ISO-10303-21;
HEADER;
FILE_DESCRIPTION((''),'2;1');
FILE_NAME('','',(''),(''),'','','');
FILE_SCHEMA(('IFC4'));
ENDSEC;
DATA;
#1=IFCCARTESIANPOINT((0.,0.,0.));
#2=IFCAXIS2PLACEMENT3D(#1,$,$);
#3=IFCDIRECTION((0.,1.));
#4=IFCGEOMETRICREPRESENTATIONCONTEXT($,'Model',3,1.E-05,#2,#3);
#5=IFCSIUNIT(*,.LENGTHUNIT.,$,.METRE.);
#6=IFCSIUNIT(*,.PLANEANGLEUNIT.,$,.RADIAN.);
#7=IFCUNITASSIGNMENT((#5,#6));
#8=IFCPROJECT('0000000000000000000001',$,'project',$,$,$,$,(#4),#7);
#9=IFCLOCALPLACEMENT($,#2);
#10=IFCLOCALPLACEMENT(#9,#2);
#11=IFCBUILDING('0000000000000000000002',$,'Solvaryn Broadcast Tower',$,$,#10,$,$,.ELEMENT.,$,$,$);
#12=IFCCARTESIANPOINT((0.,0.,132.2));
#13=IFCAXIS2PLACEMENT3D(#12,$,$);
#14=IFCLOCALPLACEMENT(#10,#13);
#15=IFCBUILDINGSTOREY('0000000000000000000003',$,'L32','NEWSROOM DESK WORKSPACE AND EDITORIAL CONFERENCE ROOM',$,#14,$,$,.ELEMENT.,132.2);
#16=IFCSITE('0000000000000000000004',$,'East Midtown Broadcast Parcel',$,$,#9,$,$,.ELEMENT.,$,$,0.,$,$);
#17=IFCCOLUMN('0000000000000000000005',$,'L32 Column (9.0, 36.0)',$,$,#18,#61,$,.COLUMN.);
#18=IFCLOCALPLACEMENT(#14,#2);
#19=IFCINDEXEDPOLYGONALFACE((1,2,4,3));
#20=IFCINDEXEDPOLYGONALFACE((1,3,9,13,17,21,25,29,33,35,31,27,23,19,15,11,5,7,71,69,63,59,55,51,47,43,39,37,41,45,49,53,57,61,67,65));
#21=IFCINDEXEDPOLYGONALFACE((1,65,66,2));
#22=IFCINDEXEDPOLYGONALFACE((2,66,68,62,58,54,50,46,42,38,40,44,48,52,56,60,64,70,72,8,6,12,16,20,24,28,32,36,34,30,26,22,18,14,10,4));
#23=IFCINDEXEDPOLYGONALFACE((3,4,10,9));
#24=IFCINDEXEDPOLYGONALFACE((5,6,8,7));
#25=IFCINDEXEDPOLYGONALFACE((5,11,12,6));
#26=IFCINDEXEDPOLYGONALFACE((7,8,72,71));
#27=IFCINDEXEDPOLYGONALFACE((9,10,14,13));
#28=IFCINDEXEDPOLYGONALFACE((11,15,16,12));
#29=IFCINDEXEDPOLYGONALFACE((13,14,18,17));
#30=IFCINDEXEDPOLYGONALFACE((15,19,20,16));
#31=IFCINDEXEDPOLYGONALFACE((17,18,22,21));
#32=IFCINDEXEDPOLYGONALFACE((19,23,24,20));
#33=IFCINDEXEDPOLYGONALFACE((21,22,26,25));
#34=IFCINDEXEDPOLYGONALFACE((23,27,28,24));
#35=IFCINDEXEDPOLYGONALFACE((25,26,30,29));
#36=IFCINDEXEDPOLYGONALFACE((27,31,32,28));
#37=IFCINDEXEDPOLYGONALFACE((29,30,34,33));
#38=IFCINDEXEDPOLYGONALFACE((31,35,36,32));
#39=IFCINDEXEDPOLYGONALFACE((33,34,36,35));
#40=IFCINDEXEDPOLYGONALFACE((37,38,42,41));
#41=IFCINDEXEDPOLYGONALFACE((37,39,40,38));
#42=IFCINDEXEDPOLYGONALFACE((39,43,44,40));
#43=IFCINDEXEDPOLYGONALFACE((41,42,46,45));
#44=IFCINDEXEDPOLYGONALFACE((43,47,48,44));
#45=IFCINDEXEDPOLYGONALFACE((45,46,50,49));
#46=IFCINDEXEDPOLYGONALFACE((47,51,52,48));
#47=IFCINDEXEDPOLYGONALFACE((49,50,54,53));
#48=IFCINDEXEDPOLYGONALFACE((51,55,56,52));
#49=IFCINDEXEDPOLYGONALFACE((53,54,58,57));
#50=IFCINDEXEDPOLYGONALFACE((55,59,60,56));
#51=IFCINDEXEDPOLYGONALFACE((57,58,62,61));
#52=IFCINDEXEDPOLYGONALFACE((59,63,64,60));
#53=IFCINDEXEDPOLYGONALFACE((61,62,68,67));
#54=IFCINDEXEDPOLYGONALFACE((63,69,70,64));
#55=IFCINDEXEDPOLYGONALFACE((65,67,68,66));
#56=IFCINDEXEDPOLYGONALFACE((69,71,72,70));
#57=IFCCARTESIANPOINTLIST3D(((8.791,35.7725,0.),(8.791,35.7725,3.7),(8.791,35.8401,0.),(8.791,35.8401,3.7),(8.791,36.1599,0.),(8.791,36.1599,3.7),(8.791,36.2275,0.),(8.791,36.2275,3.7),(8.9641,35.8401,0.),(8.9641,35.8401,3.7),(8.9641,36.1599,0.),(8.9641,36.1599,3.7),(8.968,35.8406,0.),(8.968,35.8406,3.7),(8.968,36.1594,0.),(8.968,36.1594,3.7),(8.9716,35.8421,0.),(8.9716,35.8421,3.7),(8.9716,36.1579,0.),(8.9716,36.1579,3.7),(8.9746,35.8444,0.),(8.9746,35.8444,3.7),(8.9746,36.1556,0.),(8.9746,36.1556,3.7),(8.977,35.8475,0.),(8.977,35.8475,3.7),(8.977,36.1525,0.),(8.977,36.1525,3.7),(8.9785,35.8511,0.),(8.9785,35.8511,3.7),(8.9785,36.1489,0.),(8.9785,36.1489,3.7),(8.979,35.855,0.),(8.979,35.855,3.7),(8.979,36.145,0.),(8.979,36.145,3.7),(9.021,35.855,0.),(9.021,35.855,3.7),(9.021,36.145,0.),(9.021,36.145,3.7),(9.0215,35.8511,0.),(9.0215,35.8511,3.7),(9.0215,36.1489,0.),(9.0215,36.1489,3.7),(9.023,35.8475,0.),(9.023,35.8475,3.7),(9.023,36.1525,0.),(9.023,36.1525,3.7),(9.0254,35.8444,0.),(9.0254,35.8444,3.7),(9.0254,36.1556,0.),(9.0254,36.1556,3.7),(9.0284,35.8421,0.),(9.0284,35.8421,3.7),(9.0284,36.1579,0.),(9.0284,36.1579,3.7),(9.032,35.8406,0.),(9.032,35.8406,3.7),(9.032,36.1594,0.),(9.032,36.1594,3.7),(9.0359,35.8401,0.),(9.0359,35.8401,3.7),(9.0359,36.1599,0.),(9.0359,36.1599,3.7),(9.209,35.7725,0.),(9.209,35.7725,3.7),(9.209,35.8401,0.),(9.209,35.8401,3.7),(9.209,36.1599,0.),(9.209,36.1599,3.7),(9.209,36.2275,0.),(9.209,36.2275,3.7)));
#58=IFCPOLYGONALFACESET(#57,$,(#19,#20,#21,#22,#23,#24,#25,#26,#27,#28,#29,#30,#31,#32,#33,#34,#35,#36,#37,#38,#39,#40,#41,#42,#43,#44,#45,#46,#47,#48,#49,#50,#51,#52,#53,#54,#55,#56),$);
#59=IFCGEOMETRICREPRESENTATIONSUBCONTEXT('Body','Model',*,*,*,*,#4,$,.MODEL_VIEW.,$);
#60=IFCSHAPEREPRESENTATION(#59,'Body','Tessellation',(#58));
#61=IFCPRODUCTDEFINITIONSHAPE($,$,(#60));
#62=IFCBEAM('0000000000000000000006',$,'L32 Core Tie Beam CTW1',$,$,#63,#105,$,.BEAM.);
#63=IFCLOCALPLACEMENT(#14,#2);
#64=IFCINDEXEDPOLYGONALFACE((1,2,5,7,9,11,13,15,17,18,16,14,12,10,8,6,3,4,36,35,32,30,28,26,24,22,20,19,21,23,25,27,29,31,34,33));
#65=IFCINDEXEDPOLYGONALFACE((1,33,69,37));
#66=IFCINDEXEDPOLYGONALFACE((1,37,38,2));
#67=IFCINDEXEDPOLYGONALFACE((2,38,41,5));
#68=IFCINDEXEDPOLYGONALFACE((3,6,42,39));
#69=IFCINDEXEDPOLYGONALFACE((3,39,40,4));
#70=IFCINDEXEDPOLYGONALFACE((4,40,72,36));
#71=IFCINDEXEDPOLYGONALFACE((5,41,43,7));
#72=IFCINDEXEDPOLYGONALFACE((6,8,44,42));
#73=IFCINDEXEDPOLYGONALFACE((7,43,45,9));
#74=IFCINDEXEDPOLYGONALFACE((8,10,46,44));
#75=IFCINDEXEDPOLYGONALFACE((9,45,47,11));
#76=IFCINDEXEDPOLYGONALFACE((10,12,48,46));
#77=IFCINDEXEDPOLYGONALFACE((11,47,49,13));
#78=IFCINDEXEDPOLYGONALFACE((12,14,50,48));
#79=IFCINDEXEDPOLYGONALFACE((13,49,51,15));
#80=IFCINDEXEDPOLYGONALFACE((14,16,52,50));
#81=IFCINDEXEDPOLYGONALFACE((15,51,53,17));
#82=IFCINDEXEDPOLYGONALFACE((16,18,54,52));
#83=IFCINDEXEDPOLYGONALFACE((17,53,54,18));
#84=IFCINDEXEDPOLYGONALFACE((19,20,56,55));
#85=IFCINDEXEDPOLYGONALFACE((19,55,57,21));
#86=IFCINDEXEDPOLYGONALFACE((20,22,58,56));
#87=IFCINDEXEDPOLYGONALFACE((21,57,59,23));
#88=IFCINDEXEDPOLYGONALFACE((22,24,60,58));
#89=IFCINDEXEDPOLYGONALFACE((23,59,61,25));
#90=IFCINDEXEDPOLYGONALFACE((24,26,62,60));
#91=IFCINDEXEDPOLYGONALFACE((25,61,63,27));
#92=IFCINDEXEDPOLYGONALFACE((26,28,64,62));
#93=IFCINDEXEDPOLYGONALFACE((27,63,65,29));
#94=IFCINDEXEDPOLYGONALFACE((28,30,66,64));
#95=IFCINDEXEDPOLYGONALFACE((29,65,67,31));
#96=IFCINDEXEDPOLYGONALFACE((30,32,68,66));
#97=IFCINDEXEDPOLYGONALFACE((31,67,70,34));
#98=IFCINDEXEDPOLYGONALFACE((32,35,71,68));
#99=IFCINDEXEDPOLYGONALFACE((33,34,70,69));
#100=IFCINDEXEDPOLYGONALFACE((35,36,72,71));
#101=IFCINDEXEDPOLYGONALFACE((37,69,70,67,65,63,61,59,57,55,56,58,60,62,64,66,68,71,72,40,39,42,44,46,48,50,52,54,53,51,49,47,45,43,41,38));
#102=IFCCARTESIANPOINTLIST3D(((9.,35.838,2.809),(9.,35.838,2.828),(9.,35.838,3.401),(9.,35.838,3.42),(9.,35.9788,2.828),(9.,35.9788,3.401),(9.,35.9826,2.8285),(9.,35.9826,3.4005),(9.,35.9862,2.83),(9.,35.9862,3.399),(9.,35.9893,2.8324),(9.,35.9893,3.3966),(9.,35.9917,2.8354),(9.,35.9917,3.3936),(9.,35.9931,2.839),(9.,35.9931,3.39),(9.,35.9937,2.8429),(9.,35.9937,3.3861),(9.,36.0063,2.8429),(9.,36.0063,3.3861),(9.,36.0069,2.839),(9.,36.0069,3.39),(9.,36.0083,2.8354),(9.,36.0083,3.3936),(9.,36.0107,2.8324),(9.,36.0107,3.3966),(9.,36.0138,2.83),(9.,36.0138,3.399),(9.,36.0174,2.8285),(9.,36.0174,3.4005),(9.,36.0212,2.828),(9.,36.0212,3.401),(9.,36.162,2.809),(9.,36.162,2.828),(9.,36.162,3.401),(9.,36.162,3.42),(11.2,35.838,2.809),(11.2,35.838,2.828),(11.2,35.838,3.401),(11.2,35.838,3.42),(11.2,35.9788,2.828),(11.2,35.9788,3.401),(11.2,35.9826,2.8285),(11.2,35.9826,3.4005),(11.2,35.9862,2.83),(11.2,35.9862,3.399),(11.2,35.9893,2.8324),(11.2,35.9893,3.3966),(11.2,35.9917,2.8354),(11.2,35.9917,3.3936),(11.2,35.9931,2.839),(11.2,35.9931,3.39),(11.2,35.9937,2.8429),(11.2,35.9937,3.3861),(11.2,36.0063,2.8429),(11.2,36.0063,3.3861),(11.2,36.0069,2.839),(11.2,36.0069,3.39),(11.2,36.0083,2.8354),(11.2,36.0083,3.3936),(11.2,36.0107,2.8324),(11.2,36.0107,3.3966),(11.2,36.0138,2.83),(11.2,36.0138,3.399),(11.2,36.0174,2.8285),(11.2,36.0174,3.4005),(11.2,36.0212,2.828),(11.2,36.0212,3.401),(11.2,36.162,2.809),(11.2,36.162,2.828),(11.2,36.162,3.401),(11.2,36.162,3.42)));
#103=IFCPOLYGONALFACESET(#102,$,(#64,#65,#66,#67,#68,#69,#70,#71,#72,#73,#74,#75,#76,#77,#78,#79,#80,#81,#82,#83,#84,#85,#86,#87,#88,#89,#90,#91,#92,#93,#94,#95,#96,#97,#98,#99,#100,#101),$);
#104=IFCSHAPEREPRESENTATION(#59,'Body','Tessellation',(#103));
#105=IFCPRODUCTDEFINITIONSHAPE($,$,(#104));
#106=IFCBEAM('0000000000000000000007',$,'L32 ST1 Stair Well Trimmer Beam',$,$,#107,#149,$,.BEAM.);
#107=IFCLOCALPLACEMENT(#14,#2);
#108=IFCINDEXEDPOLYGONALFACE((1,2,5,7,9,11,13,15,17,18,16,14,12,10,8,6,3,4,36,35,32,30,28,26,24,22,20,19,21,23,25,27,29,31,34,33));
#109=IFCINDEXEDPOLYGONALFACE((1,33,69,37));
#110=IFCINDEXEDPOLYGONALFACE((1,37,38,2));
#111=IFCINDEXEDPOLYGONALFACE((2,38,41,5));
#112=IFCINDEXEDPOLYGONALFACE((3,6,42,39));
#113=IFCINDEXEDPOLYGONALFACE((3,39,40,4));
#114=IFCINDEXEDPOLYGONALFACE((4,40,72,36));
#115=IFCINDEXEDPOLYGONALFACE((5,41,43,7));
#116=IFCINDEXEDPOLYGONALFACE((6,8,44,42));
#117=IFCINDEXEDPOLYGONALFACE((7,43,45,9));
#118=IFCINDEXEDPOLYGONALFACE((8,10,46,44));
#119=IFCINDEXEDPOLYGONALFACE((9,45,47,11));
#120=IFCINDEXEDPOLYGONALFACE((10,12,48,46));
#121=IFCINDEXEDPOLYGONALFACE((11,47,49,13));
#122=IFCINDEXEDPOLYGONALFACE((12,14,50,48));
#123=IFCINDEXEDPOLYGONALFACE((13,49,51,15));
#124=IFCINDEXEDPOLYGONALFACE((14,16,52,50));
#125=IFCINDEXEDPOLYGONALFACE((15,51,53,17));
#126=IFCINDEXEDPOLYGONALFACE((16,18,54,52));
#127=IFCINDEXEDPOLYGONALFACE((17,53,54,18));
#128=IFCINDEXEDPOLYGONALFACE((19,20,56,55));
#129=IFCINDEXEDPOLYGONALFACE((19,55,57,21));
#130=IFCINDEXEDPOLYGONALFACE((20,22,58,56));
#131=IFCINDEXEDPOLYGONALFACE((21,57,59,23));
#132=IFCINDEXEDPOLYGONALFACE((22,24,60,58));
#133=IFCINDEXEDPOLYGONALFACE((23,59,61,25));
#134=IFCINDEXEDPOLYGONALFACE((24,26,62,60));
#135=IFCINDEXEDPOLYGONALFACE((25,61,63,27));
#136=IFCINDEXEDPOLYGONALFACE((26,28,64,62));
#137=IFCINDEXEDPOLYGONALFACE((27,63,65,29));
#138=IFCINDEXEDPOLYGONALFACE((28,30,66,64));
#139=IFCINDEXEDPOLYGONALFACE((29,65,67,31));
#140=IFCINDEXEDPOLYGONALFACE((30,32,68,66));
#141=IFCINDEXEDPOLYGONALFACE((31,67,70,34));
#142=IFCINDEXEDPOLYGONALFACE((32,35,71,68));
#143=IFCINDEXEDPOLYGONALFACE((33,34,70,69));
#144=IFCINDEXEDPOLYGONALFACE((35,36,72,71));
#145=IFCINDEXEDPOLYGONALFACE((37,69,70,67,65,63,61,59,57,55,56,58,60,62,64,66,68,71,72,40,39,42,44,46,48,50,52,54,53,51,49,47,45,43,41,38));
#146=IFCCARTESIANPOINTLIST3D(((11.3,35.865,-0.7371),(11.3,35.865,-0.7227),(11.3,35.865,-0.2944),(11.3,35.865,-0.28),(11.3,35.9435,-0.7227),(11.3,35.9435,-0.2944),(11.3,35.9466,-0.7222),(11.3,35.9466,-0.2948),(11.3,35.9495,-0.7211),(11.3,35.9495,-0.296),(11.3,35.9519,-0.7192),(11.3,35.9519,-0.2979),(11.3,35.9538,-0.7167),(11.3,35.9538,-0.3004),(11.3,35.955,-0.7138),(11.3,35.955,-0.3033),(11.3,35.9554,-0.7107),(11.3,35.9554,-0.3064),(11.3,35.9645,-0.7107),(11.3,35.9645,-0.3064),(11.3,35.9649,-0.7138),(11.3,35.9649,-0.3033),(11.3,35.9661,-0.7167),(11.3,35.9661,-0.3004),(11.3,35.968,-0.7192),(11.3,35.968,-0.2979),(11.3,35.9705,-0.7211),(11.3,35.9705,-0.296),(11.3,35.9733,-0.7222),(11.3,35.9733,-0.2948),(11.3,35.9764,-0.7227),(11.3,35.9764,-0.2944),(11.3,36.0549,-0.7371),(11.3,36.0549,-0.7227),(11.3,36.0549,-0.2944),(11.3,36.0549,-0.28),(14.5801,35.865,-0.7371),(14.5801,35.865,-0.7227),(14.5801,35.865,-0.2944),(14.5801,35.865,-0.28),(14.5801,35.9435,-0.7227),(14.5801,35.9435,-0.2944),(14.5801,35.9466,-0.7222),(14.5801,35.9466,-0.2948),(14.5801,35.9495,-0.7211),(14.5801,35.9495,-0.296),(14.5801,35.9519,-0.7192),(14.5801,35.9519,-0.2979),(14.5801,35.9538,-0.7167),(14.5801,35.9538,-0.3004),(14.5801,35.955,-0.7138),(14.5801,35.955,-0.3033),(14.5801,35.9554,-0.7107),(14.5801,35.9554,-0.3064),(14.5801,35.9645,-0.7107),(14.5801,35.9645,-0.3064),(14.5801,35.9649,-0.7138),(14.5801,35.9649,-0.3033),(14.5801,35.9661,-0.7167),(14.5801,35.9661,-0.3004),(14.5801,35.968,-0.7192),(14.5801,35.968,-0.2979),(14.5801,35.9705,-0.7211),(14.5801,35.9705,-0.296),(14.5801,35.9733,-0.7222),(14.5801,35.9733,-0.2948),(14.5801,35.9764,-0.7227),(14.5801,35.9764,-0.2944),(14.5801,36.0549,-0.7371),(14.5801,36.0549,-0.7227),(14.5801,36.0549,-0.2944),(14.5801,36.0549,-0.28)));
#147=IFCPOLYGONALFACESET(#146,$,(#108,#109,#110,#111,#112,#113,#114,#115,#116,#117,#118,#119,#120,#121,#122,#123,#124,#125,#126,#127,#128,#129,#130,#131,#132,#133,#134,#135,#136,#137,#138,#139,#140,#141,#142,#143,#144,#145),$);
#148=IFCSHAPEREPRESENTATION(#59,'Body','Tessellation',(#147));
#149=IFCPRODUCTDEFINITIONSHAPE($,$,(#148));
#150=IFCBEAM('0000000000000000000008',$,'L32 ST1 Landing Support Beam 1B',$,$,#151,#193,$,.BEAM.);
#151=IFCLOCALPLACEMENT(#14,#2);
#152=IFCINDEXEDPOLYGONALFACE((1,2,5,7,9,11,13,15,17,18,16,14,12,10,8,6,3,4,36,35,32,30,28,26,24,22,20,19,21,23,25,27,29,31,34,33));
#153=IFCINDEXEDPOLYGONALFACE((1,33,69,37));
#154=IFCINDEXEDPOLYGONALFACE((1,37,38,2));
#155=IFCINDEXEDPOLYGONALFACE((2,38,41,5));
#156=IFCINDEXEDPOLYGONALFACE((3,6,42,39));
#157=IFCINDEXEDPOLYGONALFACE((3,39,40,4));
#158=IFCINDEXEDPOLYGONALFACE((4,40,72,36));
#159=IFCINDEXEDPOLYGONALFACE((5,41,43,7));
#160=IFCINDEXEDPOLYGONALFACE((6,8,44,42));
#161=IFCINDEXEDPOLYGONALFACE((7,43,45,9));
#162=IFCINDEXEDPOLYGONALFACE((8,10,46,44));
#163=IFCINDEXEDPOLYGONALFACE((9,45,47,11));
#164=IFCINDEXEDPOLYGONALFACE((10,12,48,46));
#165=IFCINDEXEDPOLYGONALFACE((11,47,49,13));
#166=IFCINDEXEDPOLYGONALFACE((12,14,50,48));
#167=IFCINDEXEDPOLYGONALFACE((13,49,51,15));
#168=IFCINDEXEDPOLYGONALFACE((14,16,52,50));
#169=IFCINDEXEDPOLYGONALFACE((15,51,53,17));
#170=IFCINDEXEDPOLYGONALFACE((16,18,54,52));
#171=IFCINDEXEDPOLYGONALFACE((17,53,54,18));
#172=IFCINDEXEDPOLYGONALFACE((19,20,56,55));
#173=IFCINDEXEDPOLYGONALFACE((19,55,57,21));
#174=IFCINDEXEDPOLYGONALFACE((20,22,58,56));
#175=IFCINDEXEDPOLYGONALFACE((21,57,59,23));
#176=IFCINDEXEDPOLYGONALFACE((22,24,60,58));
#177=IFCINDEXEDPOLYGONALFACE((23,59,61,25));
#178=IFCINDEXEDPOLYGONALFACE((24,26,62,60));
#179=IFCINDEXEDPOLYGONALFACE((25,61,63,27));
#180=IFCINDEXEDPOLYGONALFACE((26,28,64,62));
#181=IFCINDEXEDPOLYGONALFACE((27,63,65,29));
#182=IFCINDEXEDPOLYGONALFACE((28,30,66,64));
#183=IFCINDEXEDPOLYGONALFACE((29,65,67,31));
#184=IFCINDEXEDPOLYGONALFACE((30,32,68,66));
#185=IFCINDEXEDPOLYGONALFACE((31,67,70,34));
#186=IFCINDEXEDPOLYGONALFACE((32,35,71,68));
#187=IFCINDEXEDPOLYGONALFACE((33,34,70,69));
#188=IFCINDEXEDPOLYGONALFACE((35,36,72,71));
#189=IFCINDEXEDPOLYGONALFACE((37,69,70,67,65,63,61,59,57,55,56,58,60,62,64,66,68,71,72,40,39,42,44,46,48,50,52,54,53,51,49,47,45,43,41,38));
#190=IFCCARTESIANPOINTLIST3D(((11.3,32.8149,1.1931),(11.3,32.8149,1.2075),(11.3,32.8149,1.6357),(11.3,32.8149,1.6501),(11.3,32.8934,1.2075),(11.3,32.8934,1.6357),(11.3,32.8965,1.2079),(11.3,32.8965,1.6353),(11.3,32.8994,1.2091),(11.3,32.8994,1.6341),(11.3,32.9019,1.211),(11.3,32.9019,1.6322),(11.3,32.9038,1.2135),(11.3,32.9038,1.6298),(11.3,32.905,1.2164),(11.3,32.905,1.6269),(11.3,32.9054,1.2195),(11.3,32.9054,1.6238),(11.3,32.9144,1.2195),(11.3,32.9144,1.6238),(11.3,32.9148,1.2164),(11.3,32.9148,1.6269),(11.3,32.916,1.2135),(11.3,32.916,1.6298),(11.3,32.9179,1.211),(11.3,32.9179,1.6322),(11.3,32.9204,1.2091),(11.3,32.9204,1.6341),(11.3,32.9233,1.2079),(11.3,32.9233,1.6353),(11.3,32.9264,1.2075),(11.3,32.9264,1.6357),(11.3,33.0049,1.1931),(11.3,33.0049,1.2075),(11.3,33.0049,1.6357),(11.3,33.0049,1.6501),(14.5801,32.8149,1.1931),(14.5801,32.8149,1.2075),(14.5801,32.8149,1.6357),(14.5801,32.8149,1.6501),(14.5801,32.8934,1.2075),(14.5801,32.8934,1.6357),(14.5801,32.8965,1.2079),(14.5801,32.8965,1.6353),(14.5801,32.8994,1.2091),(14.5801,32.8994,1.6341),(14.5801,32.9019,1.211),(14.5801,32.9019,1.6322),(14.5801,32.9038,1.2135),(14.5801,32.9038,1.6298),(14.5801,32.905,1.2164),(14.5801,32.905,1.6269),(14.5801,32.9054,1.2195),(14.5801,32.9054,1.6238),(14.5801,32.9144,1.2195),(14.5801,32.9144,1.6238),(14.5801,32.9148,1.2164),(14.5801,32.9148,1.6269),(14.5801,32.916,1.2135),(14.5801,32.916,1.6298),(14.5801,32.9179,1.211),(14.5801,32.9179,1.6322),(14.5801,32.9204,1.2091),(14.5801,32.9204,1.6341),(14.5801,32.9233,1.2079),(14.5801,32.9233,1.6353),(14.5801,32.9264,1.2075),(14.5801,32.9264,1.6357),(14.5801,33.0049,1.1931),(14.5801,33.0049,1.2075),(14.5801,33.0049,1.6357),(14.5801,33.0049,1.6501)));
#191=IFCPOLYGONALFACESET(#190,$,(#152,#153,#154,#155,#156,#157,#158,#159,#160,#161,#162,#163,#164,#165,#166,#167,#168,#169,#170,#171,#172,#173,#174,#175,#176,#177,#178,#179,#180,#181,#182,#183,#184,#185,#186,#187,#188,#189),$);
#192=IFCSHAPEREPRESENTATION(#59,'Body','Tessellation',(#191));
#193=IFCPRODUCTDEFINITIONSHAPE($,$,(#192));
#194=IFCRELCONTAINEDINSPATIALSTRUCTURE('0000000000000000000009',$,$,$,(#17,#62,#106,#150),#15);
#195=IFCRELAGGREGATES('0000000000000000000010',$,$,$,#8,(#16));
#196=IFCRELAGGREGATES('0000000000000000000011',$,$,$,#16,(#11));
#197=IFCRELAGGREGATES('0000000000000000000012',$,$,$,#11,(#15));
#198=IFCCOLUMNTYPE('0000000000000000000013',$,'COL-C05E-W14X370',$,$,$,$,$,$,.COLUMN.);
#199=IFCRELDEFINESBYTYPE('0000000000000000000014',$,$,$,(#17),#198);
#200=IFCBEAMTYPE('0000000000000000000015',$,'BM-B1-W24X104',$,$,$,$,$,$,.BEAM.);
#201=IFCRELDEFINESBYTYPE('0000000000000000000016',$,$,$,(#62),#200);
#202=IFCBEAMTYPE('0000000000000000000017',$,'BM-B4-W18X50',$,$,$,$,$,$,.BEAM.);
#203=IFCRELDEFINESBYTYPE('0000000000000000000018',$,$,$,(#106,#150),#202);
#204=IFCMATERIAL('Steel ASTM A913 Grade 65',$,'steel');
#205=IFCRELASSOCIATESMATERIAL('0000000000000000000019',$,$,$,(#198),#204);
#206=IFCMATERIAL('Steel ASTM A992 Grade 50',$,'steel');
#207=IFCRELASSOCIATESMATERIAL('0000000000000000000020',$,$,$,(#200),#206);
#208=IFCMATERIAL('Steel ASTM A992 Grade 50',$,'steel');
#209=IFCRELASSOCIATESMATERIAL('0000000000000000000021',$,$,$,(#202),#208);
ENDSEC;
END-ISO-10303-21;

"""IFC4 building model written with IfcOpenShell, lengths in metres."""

from ifc_helpers import new_model, si_unit, direction, frame, origin, origin_2d, place, context, subcontext, project, spatial, i_section, extrude, material, material_profile, profile_set, type_object, element, save


model = new_model("IFC4")

# Units and contexts
model_context = context("Model", 3, precision=1e-05, world=origin(), true_north=direction((0.0, 1.0)))
body_context = subcontext(model_context, "Body", "Model", "MODEL_VIEW")
ifc_project = project(units=[si_unit("LENGTHUNIT", "METRE"), si_unit("PLANEANGLEUNIT", "RADIAN")], contexts=[model_context])

# Site, building, storey
site_placement = place(None, origin())
site = spatial("IfcSite", under=ifc_project, at=site_placement, Name="East Midtown Broadcast Parcel", CompositionType="ELEMENT", RefElevation=0.0)
building_placement = place(site_placement, origin())
building = spatial("IfcBuilding", under=site, at=building_placement, Name="Solvaryn Broadcast Tower", CompositionType="ELEMENT")
storey_placement = place(building_placement, frame((0.0, 0.0, 132.2)))
storey = spatial("IfcBuildingStorey", under=building, at=storey_placement, Name="L32", Description="NEWSROOM DESK WORKSPACE AND EDITORIAL CONFERENCE ROOM", CompositionType="ELEMENT", Elevation=132.2)

# Column
ifc_material_1 = material(Name="Steel ASTM A913 Grade 65", Category="steel")
ifc_material_profile_1 = material_profile(ifc_material_1, i_section(OverallWidth=0.418, OverallDepth=0.4551, WebThickness=0.042, FlangeThickness=0.0676, FilletRadius=0.0149, at=origin_2d()))
ifc_profile_set_1 = profile_set([ifc_material_profile_1], Name="Steel ASTM A913 Grade 65")
column_type = type_object("IfcColumnType", Name="COL-C05E-W14X370", PredefinedType="COLUMN", material=ifc_profile_set_1)
column_placement = place(storey_placement, frame((9.0, 36.0, 0.0), z_axis=(0.0, 0.0, 1.0), x_axis=(1.0, 0.0, 0.0)))
element("IfcColumn", 1, at=column_placement, inside=storey, type_object=column_type, Name="L32 Column (9.0, 36.0)", PredefinedType="COLUMN", context=body_context, shape_type="SweptSolid", body=[
    extrude(i_section(OverallWidth=0.418, OverallDepth=0.4551, WebThickness=0.042, FlangeThickness=0.0676, FilletRadius=0.0149, at=origin_2d()), origin(), (0.0, 0.0, 1.0), 3.7),
])

# Beams
ifc_material_2 = material(Name="Steel ASTM A992 Grade 50", Category="steel")
ifc_material_profile_2 = material_profile(ifc_material_2, i_section(OverallWidth=0.324, OverallDepth=0.6111, WebThickness=0.0127, FlangeThickness=0.019, FilletRadius=0.0149, at=origin_2d()))
ifc_profile_set_2 = profile_set([ifc_material_profile_2], Name="Steel ASTM A992 Grade 50")
beam_type_1 = type_object("IfcBeamType", Name="BM-B1-W24X104", PredefinedType="BEAM", material=ifc_profile_set_2)
beam_1_placement = place(storey_placement, frame((9.0, 36.0, 3.1145), z_axis=(1.0, 0.0, 0.0), x_axis=(0.0, 1.0, 0.0)))
element("IfcBeam", 2, at=beam_1_placement, inside=storey, type_object=beam_type_1, Name="L32 Core Tie Beam CTW1", PredefinedType="BEAM", context=body_context, shape_type="SweptSolid", body=[
    extrude(i_section(OverallWidth=0.324, OverallDepth=0.6111, WebThickness=0.0127, FlangeThickness=0.019, FilletRadius=0.0149, at=origin_2d()), origin(), (0.0, 0.0, 1.0), 2.2),
])
ifc_material_3 = material(Name="Steel ASTM A992 Grade 50", Category="steel")
ifc_material_profile_3 = material_profile(ifc_material_3, i_section(OverallWidth=0.1899, OverallDepth=0.457, WebThickness=0.009, FlangeThickness=0.0144, FilletRadius=0.012, at=origin_2d()))
ifc_profile_set_3 = profile_set([ifc_material_profile_3], Name="Steel ASTM A992 Grade 50")
beam_type_2 = type_object("IfcBeamType", Name="BM-B4-W18X50", PredefinedType="BEAM", material=ifc_profile_set_3)
for number, where, z_axis, x_axis, name in (
    (3, (11.3, 35.96, -0.5085), (1.0, 0.0, 0.0), (0.0, 1.0, 0.0), "L32 ST1 Stair Well Trimmer Beam"),
    (4, (11.3, 32.9099, 1.4216), (1.0, 0.0, 0.0), (0.0, 1.0, 0.0), "L32 ST1 Landing Support Beam 1B"),
):
    element("IfcBeam", number, at=place(storey_placement, frame(where, z_axis=z_axis, x_axis=x_axis)), inside=storey, type_object=beam_type_2, Name=name, PredefinedType="BEAM", context=body_context, shape_type="SweptSolid", body=[
        extrude(i_section(OverallWidth=0.1899, OverallDepth=0.457, WebThickness=0.009, FlangeThickness=0.0144, FilletRadius=0.012, at=origin_2d()), origin(), (0.0, 0.0, 1.0), 3.28),
    ])

save(model, "model.ifc")
